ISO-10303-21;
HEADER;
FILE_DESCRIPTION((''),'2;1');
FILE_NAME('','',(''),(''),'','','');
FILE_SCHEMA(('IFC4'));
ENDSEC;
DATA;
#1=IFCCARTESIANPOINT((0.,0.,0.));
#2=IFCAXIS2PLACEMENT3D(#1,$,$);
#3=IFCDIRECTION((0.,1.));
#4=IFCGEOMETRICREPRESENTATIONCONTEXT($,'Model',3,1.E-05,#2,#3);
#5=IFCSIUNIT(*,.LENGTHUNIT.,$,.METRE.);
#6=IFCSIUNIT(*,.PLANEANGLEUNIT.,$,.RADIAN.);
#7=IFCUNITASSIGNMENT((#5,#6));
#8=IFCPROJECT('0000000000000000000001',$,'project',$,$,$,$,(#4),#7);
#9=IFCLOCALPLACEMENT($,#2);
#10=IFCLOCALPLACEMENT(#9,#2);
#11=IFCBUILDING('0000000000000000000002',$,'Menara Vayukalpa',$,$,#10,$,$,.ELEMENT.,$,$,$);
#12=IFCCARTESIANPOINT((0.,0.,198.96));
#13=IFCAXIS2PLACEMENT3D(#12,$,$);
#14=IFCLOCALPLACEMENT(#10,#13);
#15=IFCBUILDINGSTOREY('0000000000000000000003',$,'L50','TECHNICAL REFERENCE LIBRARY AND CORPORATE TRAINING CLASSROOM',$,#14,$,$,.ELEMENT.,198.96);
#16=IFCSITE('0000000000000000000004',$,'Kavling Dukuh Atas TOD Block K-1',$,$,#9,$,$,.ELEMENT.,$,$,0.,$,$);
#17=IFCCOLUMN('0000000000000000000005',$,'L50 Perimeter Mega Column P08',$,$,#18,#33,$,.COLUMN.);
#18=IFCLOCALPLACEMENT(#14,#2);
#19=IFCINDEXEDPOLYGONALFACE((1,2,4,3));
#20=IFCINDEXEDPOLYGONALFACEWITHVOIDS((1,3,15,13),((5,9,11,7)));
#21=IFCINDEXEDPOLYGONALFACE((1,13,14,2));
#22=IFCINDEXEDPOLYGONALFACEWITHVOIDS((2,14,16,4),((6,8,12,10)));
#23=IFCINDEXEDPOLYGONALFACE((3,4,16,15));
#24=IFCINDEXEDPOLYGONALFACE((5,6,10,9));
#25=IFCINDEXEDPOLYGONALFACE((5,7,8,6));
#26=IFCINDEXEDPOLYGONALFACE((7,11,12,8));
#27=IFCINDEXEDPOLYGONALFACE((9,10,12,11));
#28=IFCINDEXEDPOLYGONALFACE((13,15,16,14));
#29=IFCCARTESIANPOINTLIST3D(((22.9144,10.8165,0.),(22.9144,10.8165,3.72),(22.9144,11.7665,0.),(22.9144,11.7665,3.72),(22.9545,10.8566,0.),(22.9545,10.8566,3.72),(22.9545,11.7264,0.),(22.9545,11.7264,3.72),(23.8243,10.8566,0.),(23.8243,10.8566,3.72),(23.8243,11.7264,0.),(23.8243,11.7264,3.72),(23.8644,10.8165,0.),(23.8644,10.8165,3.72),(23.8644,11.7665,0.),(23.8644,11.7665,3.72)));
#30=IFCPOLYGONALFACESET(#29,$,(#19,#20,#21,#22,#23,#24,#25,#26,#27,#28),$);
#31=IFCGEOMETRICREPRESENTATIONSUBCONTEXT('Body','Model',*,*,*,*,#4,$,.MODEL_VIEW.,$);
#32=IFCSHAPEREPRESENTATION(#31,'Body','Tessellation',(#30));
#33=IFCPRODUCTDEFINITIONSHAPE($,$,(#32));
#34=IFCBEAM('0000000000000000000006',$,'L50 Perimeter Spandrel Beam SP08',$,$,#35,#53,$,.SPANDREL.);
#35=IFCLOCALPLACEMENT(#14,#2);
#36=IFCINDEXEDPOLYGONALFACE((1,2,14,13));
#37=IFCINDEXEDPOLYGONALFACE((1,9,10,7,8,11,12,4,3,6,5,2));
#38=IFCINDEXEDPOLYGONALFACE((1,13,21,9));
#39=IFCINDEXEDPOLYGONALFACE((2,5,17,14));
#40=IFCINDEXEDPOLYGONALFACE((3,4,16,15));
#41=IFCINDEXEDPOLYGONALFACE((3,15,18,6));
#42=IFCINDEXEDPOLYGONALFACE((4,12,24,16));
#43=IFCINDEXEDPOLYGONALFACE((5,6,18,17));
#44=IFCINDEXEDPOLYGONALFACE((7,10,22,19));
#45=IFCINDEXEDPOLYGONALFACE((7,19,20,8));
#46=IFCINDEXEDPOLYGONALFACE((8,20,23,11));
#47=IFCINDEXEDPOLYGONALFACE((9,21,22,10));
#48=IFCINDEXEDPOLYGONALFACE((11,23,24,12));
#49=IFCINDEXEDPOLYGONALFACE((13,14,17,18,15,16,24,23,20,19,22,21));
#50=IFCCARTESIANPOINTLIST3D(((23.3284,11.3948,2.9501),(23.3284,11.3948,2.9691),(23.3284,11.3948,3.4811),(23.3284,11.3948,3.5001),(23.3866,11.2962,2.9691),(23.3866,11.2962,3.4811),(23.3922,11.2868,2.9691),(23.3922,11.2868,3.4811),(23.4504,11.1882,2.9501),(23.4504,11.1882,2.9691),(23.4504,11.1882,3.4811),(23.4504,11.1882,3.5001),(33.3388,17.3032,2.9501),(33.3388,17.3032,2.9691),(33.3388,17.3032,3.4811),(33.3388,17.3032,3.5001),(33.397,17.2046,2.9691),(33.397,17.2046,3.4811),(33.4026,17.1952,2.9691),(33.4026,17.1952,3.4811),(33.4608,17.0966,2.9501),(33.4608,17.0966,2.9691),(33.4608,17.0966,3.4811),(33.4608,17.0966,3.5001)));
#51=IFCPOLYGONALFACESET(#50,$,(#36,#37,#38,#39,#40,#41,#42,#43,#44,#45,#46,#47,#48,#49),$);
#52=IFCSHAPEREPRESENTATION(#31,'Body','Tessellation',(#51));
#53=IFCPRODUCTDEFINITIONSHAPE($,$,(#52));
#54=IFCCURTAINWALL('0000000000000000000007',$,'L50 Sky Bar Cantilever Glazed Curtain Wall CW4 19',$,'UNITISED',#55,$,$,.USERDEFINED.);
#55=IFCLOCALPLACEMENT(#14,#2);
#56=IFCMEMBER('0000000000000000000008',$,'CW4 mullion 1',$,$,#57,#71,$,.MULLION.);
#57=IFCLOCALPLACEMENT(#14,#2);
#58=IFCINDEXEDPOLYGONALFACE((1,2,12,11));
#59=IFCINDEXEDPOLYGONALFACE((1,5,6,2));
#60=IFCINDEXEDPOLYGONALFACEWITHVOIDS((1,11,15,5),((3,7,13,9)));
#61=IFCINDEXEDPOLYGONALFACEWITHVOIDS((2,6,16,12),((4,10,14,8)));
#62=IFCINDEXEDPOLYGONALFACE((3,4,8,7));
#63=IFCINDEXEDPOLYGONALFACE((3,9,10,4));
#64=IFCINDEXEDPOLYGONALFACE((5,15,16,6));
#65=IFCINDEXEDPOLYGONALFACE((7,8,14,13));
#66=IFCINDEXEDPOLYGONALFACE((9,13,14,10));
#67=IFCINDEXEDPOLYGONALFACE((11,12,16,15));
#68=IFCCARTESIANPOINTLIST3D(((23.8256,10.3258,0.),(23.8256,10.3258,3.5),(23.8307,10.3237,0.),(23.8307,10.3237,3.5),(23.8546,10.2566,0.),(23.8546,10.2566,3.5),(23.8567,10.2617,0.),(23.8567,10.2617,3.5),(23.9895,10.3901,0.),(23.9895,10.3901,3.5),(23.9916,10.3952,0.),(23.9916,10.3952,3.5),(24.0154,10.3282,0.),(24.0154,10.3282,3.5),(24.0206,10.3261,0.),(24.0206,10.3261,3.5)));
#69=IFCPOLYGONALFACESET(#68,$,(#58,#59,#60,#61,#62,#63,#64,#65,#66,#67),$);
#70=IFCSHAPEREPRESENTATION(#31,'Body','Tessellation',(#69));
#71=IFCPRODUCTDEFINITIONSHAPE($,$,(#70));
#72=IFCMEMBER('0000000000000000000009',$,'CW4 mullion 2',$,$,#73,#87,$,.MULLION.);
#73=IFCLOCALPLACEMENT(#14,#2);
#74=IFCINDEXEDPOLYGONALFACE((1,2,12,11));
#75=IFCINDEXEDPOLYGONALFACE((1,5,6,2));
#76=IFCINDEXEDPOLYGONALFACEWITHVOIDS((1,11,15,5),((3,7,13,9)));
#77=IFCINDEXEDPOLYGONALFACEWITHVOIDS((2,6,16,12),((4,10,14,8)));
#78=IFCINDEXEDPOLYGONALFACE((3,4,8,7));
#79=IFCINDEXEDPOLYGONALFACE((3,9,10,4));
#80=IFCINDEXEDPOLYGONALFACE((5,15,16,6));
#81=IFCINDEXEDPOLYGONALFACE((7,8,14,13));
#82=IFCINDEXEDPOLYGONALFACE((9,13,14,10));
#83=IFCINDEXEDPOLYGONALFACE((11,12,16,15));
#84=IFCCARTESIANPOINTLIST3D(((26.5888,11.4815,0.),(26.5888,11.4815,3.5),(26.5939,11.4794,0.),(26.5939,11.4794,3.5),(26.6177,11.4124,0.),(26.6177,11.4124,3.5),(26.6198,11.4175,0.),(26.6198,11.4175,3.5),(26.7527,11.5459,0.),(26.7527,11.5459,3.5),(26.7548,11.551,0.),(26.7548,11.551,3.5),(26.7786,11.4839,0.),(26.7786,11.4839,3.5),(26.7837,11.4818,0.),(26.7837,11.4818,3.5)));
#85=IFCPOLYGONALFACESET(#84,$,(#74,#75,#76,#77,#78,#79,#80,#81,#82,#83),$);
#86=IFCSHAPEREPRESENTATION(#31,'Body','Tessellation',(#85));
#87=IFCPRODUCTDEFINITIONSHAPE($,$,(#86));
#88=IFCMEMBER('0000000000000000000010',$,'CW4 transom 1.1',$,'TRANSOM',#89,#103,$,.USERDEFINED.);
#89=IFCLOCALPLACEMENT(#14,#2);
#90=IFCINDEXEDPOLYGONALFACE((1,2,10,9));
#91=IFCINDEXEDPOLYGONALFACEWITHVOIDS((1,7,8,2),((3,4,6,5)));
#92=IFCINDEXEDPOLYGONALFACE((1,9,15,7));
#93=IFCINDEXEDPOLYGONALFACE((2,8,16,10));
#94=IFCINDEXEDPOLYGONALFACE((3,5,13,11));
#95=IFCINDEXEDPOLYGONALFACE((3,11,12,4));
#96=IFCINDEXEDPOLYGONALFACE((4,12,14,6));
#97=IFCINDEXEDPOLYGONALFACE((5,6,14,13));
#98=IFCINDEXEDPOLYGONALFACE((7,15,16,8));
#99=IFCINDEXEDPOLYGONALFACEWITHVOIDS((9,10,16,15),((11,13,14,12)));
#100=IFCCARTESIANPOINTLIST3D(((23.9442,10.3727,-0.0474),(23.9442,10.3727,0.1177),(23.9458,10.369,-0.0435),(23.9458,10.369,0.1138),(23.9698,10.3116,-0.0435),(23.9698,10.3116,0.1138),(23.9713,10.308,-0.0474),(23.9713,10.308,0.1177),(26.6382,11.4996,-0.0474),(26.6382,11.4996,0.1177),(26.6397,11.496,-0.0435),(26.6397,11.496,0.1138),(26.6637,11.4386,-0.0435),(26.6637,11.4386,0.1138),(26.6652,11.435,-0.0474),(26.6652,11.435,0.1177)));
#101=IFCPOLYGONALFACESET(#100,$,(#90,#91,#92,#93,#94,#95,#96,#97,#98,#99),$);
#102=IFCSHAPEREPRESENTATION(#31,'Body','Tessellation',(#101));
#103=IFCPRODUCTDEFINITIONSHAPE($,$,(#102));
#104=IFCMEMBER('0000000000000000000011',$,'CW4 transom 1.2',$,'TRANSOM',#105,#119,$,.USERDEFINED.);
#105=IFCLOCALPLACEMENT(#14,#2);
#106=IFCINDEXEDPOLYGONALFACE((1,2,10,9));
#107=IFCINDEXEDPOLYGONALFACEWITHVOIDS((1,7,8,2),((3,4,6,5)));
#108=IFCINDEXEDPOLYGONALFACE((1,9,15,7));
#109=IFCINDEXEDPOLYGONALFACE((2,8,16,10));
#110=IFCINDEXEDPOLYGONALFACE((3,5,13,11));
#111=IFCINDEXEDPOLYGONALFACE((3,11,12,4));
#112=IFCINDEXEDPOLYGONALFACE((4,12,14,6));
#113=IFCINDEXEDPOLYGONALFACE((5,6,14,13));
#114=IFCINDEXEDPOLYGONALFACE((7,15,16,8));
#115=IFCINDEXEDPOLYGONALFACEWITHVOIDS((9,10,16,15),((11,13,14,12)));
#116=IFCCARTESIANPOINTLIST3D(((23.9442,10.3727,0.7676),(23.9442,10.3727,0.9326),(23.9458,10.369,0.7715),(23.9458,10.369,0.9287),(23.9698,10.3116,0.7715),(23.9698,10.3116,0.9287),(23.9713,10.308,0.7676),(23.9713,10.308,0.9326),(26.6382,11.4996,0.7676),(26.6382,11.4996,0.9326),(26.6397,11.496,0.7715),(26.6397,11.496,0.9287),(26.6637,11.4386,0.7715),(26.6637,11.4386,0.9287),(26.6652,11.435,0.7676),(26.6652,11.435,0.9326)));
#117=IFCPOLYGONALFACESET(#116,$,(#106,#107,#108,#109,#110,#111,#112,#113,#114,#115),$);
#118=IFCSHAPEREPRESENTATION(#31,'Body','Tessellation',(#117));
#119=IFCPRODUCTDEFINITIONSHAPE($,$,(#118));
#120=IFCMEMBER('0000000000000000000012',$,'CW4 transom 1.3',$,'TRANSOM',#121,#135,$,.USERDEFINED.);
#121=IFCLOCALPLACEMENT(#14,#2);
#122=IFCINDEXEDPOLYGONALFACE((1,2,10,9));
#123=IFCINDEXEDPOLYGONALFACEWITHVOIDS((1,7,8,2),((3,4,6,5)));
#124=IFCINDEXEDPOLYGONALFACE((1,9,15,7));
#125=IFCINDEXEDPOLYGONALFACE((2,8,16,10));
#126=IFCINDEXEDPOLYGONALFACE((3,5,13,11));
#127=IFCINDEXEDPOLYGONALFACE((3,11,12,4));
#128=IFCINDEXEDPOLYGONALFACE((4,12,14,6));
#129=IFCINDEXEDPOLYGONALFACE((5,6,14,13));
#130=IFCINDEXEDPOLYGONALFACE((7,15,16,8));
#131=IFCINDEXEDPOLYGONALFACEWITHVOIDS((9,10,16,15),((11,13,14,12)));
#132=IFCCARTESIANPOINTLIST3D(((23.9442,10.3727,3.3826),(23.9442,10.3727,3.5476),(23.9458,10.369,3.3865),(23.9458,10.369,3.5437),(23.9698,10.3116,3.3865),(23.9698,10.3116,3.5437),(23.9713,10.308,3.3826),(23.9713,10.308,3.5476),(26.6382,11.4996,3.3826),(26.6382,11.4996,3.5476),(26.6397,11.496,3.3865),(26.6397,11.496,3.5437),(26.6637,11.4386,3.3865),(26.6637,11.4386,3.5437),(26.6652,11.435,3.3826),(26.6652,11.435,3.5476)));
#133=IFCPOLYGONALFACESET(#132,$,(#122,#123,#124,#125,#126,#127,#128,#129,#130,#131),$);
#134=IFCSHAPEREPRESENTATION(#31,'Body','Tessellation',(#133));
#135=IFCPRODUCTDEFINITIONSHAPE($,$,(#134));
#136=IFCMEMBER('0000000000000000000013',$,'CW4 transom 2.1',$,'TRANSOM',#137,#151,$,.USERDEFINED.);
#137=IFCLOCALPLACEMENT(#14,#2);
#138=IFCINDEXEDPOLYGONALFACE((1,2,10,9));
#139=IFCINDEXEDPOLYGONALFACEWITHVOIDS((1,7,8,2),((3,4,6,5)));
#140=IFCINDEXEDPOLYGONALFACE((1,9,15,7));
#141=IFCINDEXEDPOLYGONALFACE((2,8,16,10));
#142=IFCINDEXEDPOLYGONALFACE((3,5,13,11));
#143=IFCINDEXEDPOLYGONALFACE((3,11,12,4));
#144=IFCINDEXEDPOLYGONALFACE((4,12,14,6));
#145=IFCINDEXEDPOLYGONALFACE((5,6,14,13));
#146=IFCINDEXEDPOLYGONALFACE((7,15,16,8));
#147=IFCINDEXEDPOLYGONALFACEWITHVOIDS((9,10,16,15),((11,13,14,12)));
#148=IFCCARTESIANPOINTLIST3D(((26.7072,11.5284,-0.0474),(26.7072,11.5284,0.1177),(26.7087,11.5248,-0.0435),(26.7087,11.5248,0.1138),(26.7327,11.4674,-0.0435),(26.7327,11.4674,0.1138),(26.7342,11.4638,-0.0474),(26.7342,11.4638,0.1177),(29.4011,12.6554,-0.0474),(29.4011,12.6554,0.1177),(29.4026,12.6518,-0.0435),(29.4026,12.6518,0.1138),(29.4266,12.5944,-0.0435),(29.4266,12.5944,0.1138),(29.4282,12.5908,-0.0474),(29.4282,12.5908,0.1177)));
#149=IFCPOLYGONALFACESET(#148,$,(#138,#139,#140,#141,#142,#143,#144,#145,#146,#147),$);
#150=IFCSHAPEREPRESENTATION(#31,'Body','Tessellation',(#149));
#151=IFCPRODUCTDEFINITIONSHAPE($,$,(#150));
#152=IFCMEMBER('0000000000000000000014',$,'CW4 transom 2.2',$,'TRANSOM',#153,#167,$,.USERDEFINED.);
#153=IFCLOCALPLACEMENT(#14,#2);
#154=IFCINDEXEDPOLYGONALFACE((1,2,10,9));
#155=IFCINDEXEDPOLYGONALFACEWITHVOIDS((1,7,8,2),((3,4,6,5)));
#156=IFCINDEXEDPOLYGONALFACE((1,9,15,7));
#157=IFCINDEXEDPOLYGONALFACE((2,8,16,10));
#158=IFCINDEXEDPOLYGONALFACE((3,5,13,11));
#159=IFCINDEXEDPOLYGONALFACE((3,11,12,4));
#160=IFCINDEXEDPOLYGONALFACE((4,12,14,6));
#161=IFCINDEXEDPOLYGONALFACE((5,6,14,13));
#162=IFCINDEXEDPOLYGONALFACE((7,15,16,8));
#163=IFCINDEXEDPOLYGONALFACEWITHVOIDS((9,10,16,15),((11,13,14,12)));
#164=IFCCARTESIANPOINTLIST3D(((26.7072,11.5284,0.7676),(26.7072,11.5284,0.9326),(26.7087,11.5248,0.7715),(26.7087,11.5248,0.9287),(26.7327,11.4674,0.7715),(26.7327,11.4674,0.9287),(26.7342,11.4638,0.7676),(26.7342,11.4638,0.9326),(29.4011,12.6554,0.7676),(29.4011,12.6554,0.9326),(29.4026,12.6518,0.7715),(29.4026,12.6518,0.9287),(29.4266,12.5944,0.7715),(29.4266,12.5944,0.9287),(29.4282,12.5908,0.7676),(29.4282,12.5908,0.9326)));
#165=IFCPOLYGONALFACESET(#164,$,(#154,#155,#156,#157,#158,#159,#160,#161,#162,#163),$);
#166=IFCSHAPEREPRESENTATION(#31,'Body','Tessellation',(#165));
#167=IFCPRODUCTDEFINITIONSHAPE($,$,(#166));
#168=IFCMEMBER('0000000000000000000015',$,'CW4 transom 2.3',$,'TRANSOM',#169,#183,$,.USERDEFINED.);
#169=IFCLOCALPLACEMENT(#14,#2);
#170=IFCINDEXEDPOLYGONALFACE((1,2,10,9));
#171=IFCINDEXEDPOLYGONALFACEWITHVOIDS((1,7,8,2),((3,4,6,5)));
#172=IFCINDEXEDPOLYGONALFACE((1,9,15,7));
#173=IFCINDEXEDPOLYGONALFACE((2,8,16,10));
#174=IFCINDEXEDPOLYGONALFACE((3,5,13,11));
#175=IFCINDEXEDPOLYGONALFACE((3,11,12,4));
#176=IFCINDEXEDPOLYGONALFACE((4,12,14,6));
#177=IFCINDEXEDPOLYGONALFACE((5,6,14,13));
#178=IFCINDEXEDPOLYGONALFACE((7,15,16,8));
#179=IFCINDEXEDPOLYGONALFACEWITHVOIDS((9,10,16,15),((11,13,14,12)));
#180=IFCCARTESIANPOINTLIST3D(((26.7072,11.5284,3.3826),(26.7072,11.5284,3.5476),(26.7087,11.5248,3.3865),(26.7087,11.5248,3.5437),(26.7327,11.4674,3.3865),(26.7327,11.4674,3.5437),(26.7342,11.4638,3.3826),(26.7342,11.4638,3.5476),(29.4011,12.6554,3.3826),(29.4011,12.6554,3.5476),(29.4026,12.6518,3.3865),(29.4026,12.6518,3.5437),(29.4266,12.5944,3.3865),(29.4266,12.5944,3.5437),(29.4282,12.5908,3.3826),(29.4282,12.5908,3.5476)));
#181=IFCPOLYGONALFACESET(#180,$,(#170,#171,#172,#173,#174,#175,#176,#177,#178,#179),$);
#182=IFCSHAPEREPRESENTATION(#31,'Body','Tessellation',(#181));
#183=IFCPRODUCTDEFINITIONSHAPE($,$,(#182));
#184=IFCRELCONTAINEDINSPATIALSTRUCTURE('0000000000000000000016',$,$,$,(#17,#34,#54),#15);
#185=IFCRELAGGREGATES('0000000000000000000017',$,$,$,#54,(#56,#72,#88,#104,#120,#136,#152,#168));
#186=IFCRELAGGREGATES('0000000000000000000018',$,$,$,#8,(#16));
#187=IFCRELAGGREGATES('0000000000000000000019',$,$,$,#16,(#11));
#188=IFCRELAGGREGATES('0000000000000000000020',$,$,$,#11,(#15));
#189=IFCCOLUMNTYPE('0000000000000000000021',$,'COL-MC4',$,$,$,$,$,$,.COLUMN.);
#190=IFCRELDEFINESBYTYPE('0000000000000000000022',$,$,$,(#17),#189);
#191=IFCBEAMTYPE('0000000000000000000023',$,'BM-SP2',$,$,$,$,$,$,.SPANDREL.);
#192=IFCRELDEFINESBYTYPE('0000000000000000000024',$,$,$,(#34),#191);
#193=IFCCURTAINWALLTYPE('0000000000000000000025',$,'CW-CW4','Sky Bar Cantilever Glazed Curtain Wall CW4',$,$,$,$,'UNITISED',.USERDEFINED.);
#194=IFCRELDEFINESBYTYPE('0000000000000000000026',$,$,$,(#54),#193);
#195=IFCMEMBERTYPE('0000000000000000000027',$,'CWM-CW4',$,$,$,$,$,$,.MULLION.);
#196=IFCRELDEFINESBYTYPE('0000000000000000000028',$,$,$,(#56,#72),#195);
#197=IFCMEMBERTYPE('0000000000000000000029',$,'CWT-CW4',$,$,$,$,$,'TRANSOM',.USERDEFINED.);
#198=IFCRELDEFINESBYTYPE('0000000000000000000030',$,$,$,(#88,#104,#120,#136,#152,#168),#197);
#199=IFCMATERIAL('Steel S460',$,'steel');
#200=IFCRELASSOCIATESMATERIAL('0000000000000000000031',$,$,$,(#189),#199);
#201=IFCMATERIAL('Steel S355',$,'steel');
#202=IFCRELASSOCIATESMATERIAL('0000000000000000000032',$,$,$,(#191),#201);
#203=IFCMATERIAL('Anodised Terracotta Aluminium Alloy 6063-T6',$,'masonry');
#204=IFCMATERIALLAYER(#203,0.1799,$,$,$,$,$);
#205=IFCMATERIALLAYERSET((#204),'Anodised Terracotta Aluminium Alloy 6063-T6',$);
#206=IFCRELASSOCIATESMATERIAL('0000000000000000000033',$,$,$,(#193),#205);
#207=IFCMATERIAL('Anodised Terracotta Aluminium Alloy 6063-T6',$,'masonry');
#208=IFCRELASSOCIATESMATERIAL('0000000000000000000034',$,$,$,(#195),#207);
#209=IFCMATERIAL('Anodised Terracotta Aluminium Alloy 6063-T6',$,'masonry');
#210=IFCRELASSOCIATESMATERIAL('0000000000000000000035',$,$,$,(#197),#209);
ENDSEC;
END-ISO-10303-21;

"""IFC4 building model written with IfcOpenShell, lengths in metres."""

from ifc_helpers import new_model, si_unit, direction, frame, origin, origin_2d, place, context, subcontext, project, spatial, hollow_rectangle, i_section, extrude, material, layer, layer_set, material_profile, profile_set, type_object, element, aggregate, save


model = new_model("IFC4")

# Units and contexts
model_context = context("Model", 3, precision=1e-05, world=origin(), true_north=direction((0.0, 1.0)))
body_context = subcontext(model_context, "Body", "Model", "MODEL_VIEW")
ifc_project = project(units=[si_unit("LENGTHUNIT", "METRE"), si_unit("PLANEANGLEUNIT", "RADIAN")], contexts=[model_context])

# Site, building, storey
site_placement = place(None, origin())
site = spatial("IfcSite", under=ifc_project, at=site_placement, Name="Kavling Dukuh Atas TOD Block K-1", CompositionType="ELEMENT", RefElevation=0.0)
building_placement = place(site_placement, origin())
building = spatial("IfcBuilding", under=site, at=building_placement, Name="Menara Vayukalpa", CompositionType="ELEMENT")
storey_placement = place(building_placement, frame((0.0, 0.0, 198.96)))
storey = spatial("IfcBuildingStorey", under=building, at=storey_placement, Name="L50", Description="TECHNICAL REFERENCE LIBRARY AND CORPORATE TRAINING CLASSROOM", CompositionType="ELEMENT", Elevation=198.96)

# Column
ifc_material_1 = material(Name="Steel S460", Category="steel")
ifc_material_profile_1 = material_profile(ifc_material_1, hollow_rectangle(XDim=0.95, YDim=0.95, WallThickness=0.04, at=origin_2d()), Name="BOX 950x950x40")
ifc_profile_set_1 = profile_set([ifc_material_profile_1], Name="Steel S460")
column_type = type_object("IfcColumnType", Name="COL-MC4", PredefinedType="COLUMN", material=ifc_profile_set_1)
column_placement = place(storey_placement, frame((23.3894, 11.2915, 0.0), z_axis=(0.0, 0.0, 1.0), x_axis=(1.0, 0.0, 0.0)))
element("IfcColumn", 1, at=column_placement, inside=storey, type_object=column_type, Name="L50 Perimeter Mega Column P08", PredefinedType="COLUMN", context=body_context, shape_type="SweptSolid", body=[
    extrude(hollow_rectangle(XDim=0.95, YDim=0.95, WallThickness=0.04, at=origin_2d()), origin(), (0.0, 0.0, 1.0), 3.72),
])

# Beam
ifc_material_2 = material(Name="Steel S355", Category="steel")
ifc_material_profile_2 = material_profile(ifc_material_2, i_section(OverallWidth=0.24, OverallDepth=0.55, WebThickness=0.011, FlangeThickness=0.019, at=origin_2d()), Name="WF 550x240x11x19")
ifc_profile_set_2 = profile_set([ifc_material_profile_2], Name="Steel S355")
beam_type = type_object("IfcBeamType", Name="BM-SP2", PredefinedType="SPANDREL", material=ifc_profile_set_2)
beam_placement = place(storey_placement, frame((23.3894, 11.2915, 3.2251), z_axis=(0.861184, 0.508293, 0.0), x_axis=(-0.508293, 0.861184, 0.0)))
element("IfcBeam", 2, at=beam_placement, inside=storey, type_object=beam_type, Name="L50 Perimeter Spandrel Beam SP08", PredefinedType="SPANDREL", context=body_context, shape_type="SweptSolid", body=[
    extrude(i_section(OverallWidth=0.24, OverallDepth=0.55, WebThickness=0.011, FlangeThickness=0.019, at=origin_2d()), origin(), (0.0, 0.0, 1.0), 11.624),
])

# Curtain wall, members
ifc_material_3 = material(Name="Anodised Terracotta Aluminium Alloy 6063-T6", Category="masonry")
ifc_layer_1 = layer(ifc_material_3, 0.1799)
ifc_layer_set_1 = layer_set([ifc_layer_1], Name="Anodised Terracotta Aluminium Alloy 6063-T6")
curtain_wall_type = type_object("IfcCurtainWallType", Name="CW-CW4", Description="Sky Bar Cantilever Glazed Curtain Wall CW4", ElementType="UNITISED", PredefinedType="USERDEFINED", material=ifc_layer_set_1)
curtain_wall_placement = place(storey_placement, origin())
curtain_wall = element("IfcCurtainWall", 3, at=curtain_wall_placement, inside=storey, type_object=curtain_wall_type, Name="L50 Sky Bar Cantilever Glazed Curtain Wall CW4 19", ObjectType="UNITISED", PredefinedType="USERDEFINED")
ifc_material_4 = material(Name="Anodised Terracotta Aluminium Alloy 6063-T6", Category="masonry")
ifc_material_profile_3 = material_profile(ifc_material_4, hollow_rectangle(XDim=0.075, YDim=0.1799, WallThickness=0.0039, at=origin_2d()), Name="ALU 75x180x4")
ifc_profile_set_3 = profile_set([ifc_material_profile_3], Name="Anodised Terracotta Aluminium Alloy 6063-T6")
member_type_1 = type_object("IfcMemberType", Name="CWM-CW4", PredefinedType="MULLION", material=ifc_profile_set_3)
member_1_placement = place(storey_placement, frame((23.9231, 10.3259, 0.0), z_axis=(0.0, 0.0, 1.0), x_axis=(-0.385903, 0.922539, 0.0)))
member_1 = element("IfcMember", 4, at=member_1_placement, type_object=member_type_1, Name="CW4 mullion 1", PredefinedType="MULLION", context=body_context, shape_type="SweptSolid", body=[
    extrude(hollow_rectangle(XDim=0.075, YDim=0.1799, WallThickness=0.0039, at=origin_2d()), origin(), (0.0, 0.0, 1.0), 3.5),
])
member_2_placement = place(storey_placement, frame((26.6863, 11.4817, 0.0), z_axis=(0.0, 0.0, 1.0), x_axis=(-0.385903, 0.922539, 0.0)))
member_2 = element("IfcMember", 5, at=member_2_placement, type_object=member_type_1, Name="CW4 mullion 2", PredefinedType="MULLION", context=body_context, shape_type="SweptSolid", body=[
    extrude(hollow_rectangle(XDim=0.075, YDim=0.1799, WallThickness=0.0039, at=origin_2d()), origin(), (0.0, 0.0, 1.0), 3.5),
])
ifc_material_5 = material(Name="Anodised Terracotta Aluminium Alloy 6063-T6", Category="masonry")
ifc_material_profile_4 = material_profile(ifc_material_5, hollow_rectangle(XDim=0.0701, YDim=0.165, WallThickness=0.0039, at=origin_2d()), Name="ALU 70x165x4")
ifc_profile_set_4 = profile_set([ifc_material_profile_4], Name="Anodised Terracotta Aluminium Alloy 6063-T6")
member_type_2 = type_object("IfcMemberType", Name="CWT-CW4", ElementType="TRANSOM", PredefinedType="USERDEFINED", material=ifc_profile_set_4)
member_3_placement = place(storey_placement, frame((23.9578, 10.3403, 0.0352), z_axis=(0.922527, 0.385933, 0.0), x_axis=(-0.385933, 0.922527, 0.0)))
member_3 = element("IfcMember", 6, at=member_3_placement, type_object=member_type_2, Name="CW4 transom 1.1", ObjectType="TRANSOM", PredefinedType="USERDEFINED", context=body_context, shape_type="SweptSolid", body=[
    extrude(hollow_rectangle(XDim=0.0701, YDim=0.165, WallThickness=0.0039, at=origin_2d()), origin(), (0.0, 0.0, 1.0), 2.9202),
])
member_4_placement = place(storey_placement, frame((23.9578, 10.3403, 0.8501), z_axis=(0.922527, 0.385933, 0.0), x_axis=(-0.385933, 0.922527, 0.0)))
member_4 = element("IfcMember", 7, at=member_4_placement, type_object=member_type_2, Name="CW4 transom 1.2", ObjectType="TRANSOM", PredefinedType="USERDEFINED", context=body_context, shape_type="SweptSolid", body=[
    extrude(hollow_rectangle(XDim=0.0701, YDim=0.165, WallThickness=0.0039, at=origin_2d()), origin(), (0.0, 0.0, 1.0), 2.9202),
])
member_5_placement = place(storey_placement, frame((23.9578, 10.3403, 3.4651), z_axis=(0.922527, 0.385933, 0.0), x_axis=(-0.385933, 0.922527, 0.0)))
member_5 = element("IfcMember", 8, at=member_5_placement, type_object=member_type_2, Name="CW4 transom 1.3", ObjectType="TRANSOM", PredefinedType="USERDEFINED", context=body_context, shape_type="SweptSolid", body=[
    extrude(hollow_rectangle(XDim=0.0701, YDim=0.165, WallThickness=0.0039, at=origin_2d()), origin(), (0.0, 0.0, 1.0), 2.9202),
])
member_6_placement = place(storey_placement, frame((26.7207, 11.4961, 0.0352), z_axis=(0.922527, 0.385933, 0.0), x_axis=(-0.385933, 0.922527, 0.0)))
member_6 = element("IfcMember", 9, at=member_6_placement, type_object=member_type_2, Name="CW4 transom 2.1", ObjectType="TRANSOM", PredefinedType="USERDEFINED", context=body_context, shape_type="SweptSolid", body=[
    extrude(hollow_rectangle(XDim=0.0701, YDim=0.165, WallThickness=0.0039, at=origin_2d()), origin(), (0.0, 0.0, 1.0), 2.9202),
])
member_7_placement = place(storey_placement, frame((26.7207, 11.4961, 0.8501), z_axis=(0.922527, 0.385933, 0.0), x_axis=(-0.385933, 0.922527, 0.0)))
member_7 = element("IfcMember", 10, at=member_7_placement, type_object=member_type_2, Name="CW4 transom 2.2", ObjectType="TRANSOM", PredefinedType="USERDEFINED", context=body_context, shape_type="SweptSolid", body=[
    extrude(hollow_rectangle(XDim=0.0701, YDim=0.165, WallThickness=0.0039, at=origin_2d()), origin(), (0.0, 0.0, 1.0), 2.9202),
])
member_8_placement = place(storey_placement, frame((26.7207, 11.4961, 3.4651), z_axis=(0.922527, 0.385933, 0.0), x_axis=(-0.385933, 0.922527, 0.0)))
member_8 = element("IfcMember", 11, at=member_8_placement, type_object=member_type_2, Name="CW4 transom 2.3", ObjectType="TRANSOM", PredefinedType="USERDEFINED", context=body_context, shape_type="SweptSolid", body=[
    extrude(hollow_rectangle(XDim=0.0701, YDim=0.165, WallThickness=0.0039, at=origin_2d()), origin(), (0.0, 0.0, 1.0), 2.9202),
])
aggregate(curtain_wall, [member_1, member_2, member_3, member_4, member_5, member_6, member_7, member_8])

save(model, "model.ifc")
